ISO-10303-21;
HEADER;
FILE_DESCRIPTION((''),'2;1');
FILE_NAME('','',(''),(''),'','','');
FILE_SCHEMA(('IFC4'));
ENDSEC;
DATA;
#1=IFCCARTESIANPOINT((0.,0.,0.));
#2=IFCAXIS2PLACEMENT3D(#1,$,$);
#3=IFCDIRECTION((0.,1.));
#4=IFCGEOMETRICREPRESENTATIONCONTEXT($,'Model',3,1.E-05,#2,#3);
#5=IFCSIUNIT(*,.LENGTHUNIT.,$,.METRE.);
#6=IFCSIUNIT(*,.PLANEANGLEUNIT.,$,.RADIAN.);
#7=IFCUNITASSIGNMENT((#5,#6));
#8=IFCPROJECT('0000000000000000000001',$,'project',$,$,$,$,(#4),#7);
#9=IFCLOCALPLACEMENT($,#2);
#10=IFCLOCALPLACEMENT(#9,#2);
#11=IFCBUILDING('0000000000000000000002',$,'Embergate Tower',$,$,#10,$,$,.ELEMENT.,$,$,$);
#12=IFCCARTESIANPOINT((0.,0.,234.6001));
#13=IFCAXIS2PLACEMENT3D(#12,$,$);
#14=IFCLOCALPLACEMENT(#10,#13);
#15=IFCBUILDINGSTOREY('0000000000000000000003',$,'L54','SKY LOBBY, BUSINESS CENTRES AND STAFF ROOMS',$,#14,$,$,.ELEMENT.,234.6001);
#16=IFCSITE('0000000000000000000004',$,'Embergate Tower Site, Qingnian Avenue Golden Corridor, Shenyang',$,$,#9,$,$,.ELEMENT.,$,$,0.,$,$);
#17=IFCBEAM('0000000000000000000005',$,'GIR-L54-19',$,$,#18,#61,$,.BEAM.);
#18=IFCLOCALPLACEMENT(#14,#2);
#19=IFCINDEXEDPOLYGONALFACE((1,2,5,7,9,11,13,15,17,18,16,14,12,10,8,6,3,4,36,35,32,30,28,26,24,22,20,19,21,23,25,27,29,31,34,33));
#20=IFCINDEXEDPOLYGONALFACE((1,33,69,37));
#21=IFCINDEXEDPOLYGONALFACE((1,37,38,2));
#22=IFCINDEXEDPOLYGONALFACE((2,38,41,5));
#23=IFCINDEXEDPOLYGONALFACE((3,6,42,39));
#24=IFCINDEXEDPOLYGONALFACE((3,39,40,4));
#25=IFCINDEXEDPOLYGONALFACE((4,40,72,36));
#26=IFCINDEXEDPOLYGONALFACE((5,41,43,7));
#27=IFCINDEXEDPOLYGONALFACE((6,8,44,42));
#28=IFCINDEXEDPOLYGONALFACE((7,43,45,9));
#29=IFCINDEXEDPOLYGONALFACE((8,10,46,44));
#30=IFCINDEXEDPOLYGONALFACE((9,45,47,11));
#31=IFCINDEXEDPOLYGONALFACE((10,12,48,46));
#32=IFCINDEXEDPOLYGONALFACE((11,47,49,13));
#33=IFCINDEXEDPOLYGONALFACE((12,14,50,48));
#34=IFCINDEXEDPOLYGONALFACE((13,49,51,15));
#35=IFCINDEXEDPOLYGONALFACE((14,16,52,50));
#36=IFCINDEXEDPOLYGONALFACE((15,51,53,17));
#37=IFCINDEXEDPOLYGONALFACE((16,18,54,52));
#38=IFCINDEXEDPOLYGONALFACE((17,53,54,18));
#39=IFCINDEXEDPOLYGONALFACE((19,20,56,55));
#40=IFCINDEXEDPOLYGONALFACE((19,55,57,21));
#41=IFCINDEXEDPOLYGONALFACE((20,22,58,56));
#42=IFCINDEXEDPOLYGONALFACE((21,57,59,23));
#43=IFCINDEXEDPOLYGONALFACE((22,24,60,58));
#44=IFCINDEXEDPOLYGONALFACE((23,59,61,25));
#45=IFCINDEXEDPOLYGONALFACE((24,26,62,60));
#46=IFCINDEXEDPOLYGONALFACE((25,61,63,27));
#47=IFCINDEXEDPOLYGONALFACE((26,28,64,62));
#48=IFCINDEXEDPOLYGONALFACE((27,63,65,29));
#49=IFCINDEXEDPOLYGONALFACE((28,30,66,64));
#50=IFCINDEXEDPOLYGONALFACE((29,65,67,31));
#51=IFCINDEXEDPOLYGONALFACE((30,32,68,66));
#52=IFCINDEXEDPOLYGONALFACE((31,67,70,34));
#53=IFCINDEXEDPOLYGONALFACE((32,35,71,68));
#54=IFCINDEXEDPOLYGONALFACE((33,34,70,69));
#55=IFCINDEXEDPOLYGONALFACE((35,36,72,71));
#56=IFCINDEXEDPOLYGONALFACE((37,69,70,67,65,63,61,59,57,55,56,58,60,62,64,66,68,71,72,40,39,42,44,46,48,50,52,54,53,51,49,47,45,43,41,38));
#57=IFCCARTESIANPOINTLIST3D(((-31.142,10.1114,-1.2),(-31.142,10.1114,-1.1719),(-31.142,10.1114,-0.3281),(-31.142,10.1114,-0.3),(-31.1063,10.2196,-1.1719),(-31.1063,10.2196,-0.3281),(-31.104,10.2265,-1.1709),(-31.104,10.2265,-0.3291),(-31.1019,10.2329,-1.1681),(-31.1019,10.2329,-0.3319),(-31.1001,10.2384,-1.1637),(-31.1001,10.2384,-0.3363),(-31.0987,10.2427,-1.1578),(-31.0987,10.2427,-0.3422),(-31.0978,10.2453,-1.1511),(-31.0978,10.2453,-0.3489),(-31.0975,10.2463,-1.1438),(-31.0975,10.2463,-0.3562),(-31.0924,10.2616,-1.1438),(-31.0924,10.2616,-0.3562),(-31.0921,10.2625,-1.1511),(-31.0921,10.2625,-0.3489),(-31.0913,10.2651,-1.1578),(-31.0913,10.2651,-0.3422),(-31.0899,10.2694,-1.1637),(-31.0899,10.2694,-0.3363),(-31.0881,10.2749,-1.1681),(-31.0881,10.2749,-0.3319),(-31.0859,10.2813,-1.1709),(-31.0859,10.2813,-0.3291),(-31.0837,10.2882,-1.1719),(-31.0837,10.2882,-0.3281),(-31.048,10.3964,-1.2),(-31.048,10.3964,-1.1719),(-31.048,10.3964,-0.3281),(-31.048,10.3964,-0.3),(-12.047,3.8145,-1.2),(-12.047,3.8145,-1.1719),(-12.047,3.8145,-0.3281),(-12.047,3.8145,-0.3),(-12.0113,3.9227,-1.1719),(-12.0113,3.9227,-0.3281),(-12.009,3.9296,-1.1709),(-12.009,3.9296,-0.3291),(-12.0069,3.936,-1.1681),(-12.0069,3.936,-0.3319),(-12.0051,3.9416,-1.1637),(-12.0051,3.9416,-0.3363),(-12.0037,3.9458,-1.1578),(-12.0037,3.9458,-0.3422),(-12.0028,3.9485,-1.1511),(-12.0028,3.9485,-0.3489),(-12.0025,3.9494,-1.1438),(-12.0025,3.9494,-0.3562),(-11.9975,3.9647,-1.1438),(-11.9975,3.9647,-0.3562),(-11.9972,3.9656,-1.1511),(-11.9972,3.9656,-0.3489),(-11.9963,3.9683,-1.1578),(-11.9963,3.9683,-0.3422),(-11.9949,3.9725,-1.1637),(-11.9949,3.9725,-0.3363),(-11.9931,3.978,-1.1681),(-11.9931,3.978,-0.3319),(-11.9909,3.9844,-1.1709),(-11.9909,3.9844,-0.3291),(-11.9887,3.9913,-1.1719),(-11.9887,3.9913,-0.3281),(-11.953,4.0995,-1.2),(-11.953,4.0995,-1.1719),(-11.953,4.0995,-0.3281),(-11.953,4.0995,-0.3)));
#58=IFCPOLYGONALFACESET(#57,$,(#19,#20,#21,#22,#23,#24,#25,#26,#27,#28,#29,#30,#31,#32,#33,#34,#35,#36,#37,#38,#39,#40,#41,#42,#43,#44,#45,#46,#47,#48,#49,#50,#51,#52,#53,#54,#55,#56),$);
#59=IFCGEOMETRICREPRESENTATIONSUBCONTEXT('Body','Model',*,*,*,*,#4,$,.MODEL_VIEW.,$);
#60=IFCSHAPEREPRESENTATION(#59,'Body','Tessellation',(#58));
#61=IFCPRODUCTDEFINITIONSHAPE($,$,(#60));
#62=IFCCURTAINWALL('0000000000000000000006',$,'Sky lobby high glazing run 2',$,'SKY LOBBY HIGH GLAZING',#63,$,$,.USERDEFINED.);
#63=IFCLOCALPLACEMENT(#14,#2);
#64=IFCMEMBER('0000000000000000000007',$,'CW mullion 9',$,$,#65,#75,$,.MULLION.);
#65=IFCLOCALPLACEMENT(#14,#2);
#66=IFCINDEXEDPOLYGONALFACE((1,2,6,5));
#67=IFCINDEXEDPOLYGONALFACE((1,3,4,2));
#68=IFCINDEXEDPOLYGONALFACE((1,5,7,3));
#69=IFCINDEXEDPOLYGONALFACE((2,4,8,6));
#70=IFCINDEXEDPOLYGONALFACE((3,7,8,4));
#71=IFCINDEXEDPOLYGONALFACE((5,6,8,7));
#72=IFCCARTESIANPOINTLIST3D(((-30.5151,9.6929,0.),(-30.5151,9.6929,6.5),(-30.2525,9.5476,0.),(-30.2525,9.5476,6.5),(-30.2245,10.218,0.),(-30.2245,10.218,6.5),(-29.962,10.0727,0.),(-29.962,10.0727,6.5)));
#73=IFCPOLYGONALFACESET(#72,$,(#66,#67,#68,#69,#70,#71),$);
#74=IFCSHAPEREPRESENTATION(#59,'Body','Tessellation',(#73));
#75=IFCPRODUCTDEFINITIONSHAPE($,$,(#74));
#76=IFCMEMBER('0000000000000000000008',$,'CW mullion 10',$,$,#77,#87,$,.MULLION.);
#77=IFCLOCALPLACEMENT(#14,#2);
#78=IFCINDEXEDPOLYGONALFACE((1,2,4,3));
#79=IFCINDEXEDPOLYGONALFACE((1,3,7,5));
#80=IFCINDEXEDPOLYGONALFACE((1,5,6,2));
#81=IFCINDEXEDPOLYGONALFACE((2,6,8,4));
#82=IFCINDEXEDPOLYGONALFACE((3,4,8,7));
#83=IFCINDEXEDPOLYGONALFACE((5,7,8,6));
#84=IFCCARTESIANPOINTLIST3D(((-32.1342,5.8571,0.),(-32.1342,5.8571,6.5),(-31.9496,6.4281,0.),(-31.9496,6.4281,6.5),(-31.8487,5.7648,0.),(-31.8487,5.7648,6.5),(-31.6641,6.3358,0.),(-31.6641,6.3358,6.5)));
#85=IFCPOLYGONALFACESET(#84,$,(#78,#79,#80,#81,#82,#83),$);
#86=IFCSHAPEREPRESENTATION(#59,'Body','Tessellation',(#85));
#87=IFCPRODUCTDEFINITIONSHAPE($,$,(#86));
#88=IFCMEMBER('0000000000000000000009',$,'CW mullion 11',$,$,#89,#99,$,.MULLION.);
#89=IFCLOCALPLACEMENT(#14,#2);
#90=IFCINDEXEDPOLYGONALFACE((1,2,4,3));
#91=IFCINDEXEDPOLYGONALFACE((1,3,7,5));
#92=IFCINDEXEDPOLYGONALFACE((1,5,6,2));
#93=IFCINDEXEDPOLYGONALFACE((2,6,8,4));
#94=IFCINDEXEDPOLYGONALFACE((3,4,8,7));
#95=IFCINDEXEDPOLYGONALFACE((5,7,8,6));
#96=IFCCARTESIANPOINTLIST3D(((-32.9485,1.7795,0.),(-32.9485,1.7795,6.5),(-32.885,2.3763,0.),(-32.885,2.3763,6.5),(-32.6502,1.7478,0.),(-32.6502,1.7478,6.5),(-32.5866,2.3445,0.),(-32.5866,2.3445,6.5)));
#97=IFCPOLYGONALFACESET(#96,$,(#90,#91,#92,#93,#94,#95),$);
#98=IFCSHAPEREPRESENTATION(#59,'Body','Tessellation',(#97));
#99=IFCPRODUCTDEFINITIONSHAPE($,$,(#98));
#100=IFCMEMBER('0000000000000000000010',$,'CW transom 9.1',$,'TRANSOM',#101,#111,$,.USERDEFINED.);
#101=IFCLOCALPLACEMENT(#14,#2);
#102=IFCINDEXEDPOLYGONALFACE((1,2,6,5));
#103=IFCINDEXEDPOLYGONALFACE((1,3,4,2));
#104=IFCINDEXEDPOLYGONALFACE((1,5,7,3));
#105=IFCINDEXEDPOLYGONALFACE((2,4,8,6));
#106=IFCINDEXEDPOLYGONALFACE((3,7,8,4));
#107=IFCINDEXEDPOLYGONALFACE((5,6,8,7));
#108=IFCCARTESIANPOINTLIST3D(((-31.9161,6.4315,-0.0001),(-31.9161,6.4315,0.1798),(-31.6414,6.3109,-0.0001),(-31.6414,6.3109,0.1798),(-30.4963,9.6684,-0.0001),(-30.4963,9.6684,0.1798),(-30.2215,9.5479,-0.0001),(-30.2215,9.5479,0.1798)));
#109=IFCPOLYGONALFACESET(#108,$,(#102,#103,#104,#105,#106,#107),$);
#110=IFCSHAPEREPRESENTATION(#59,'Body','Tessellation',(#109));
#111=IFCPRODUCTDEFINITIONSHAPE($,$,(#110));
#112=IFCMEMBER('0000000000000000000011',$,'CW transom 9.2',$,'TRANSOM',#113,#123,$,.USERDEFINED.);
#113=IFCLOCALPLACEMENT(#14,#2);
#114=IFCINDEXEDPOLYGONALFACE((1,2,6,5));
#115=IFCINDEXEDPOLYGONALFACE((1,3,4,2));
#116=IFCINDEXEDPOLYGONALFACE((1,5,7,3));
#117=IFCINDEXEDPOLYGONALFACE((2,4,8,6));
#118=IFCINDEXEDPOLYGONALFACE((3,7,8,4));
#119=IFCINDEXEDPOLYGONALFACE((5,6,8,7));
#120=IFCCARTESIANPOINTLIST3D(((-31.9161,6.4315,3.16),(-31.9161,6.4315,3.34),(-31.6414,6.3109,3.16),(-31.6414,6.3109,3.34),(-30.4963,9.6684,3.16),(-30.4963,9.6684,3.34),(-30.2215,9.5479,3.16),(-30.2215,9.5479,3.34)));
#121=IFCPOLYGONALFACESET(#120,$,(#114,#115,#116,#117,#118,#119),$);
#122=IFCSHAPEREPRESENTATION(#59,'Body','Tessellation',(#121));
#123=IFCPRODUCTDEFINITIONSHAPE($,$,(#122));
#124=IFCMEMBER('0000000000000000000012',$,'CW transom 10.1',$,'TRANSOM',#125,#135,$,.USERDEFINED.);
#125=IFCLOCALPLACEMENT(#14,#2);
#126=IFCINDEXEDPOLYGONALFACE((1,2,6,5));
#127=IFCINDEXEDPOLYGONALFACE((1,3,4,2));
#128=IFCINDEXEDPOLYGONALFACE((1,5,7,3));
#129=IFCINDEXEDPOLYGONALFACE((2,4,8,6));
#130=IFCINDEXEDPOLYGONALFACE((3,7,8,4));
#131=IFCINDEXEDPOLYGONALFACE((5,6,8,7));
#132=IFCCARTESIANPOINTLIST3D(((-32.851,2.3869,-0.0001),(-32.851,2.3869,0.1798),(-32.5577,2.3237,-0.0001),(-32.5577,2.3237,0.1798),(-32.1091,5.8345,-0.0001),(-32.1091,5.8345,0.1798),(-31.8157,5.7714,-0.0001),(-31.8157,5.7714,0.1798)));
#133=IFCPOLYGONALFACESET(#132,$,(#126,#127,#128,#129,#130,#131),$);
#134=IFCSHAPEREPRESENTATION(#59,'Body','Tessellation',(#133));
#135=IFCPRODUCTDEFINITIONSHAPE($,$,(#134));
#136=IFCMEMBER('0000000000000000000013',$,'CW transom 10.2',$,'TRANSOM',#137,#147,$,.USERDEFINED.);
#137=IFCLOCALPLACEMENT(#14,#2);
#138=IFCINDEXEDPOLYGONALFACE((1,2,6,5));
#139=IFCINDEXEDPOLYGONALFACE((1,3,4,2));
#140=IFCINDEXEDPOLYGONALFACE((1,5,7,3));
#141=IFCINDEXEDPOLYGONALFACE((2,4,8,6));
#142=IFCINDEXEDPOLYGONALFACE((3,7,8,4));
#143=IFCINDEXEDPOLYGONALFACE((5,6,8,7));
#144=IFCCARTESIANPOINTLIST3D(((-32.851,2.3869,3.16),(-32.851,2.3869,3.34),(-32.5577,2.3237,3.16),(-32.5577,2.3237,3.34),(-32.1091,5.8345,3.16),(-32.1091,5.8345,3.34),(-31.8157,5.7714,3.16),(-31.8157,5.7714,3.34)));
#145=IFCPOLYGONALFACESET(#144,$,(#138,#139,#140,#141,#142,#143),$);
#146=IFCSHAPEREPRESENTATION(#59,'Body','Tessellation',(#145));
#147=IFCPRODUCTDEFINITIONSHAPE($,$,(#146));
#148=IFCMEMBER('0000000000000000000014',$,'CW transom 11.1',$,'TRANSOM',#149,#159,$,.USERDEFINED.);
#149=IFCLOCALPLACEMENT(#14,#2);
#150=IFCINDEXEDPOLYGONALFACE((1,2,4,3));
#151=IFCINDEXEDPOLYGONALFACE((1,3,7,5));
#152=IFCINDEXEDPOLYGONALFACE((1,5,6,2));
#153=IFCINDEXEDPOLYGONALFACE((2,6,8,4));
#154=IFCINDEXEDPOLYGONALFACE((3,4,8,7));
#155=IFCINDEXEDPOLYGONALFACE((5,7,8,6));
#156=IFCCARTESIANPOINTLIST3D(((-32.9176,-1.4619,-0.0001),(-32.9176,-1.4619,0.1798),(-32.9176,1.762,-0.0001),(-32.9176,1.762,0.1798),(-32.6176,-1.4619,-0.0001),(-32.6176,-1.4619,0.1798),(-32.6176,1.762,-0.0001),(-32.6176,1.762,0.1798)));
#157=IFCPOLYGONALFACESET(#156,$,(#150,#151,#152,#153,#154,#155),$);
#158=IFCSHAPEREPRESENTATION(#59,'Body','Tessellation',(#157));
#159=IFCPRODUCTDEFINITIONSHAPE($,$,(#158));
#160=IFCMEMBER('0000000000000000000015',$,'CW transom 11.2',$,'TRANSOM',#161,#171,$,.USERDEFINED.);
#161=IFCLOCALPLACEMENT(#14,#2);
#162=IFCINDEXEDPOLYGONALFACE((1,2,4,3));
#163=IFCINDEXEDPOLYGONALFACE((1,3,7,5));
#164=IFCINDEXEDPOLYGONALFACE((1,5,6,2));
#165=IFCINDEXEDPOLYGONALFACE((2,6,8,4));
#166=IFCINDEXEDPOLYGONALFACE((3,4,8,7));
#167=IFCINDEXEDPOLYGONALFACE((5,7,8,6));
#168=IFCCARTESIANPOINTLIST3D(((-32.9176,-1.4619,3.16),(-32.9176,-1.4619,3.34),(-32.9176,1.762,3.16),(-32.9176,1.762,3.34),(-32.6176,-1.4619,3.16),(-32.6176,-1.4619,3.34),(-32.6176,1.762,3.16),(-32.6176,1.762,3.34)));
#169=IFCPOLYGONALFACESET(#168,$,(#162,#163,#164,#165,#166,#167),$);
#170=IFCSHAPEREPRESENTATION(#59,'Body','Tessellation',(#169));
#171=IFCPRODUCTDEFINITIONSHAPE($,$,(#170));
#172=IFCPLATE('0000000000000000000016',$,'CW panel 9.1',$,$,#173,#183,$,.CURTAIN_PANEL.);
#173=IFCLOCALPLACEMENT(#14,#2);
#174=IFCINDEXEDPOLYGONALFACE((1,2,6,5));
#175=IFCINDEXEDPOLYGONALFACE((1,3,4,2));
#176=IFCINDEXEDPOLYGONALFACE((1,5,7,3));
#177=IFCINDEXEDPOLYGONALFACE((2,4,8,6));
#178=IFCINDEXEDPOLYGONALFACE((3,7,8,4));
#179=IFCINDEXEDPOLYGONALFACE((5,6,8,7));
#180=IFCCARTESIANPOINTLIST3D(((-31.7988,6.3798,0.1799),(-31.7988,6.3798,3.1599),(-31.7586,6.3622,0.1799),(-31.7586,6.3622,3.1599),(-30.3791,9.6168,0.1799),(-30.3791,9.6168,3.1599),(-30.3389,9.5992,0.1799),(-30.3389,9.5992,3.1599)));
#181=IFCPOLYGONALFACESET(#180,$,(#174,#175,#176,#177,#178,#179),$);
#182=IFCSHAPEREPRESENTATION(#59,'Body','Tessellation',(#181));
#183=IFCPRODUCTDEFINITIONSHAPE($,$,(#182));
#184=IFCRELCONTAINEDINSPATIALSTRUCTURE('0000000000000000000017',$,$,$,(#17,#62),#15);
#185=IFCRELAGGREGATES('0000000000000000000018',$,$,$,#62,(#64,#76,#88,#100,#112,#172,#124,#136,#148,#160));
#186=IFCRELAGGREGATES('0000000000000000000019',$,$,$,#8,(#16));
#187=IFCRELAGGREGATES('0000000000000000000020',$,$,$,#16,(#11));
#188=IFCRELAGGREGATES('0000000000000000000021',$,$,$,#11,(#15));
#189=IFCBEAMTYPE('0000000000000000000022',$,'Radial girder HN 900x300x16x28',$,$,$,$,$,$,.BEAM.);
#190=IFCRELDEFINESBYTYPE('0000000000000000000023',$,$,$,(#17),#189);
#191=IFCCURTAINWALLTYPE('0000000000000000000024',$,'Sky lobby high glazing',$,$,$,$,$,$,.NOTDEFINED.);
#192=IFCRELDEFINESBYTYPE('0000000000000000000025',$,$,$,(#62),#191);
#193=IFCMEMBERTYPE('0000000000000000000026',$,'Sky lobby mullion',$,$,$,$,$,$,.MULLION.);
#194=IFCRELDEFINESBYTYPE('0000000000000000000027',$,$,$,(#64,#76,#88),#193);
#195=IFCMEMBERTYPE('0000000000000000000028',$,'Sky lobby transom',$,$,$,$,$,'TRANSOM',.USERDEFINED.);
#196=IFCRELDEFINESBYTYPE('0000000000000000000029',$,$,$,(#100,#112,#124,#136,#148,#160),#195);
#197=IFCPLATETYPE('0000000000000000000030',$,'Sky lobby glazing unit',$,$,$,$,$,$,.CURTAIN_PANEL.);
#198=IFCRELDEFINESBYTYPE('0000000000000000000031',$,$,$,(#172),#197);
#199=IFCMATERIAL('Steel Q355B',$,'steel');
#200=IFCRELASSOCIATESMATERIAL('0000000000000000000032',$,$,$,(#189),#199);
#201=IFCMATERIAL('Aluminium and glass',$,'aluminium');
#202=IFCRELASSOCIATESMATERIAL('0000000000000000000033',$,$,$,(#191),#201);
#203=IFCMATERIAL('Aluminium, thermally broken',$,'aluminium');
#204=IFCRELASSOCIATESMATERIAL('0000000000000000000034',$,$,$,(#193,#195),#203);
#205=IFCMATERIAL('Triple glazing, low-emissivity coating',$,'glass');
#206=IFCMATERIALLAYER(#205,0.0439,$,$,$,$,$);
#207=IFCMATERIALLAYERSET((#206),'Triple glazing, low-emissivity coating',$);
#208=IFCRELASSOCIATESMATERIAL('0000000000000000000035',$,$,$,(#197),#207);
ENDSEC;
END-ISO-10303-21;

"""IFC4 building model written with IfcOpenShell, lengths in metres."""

from ifc_helpers import new_model, si_unit, direction, frame, origin, origin_2d, place, context, subcontext, project, spatial, rectangle, i_section, extrude, source, transform, mapped, material, layer, layer_set, material_profile, profile_set, type_object, element, aggregate, save


model = new_model("IFC4")

# Units and contexts
model_context = context("Model", 3, precision=1e-05, world=origin(), true_north=direction((0.0, 1.0)))
body_context = subcontext(model_context, "Body", "Model", "MODEL_VIEW")
ifc_project = project(units=[si_unit("LENGTHUNIT", "METRE"), si_unit("PLANEANGLEUNIT", "RADIAN")], contexts=[model_context])

# Site, building, storey
site_placement = place(None, origin())
site = spatial("IfcSite", under=ifc_project, at=site_placement, Name="Embergate Tower Site, Qingnian Avenue Golden Corridor, Shenyang", CompositionType="ELEMENT", RefElevation=0.0)
building_placement = place(site_placement, origin())
building = spatial("IfcBuilding", under=site, at=building_placement, Name="Embergate Tower", CompositionType="ELEMENT")
storey_placement = place(building_placement, frame((0.0, 0.0, 234.6001)))
storey = spatial("IfcBuildingStorey", under=building, at=storey_placement, Name="L54", Description="SKY LOBBY, BUSINESS CENTRES AND STAFF ROOMS", CompositionType="ELEMENT", Elevation=234.6001)

# Beam
ifc_material_1 = material(Name="Steel Q355B", Category="steel")
ifc_material_profile_1 = material_profile(ifc_material_1, i_section(OverallWidth=0.3, OverallDepth=0.8999, WebThickness=0.0161, FlangeThickness=0.0281, FilletRadius=0.0281, at=origin_2d()), Name="HN 900x300x16x28")
ifc_profile_set_1 = profile_set([ifc_material_profile_1], Name="Steel Q355 grade B")
beam_type_1 = type_object("IfcBeamType", Name="Radial girder HN 900x300x16x28", PredefinedType="BEAM", material=ifc_profile_set_1)
shared_shape_1 = source(origin(), body_context, "Body", "SweptSolid", [
    extrude(i_section(OverallWidth=0.3, OverallDepth=0.8999, WebThickness=0.0161, FlangeThickness=0.0281, FilletRadius=0.0281, at=origin_2d()), origin(), (0.0, 0.0, 1.0), 20.1064),
])
beam_1_placement = place(storey_placement, frame((-31.095, 10.2539, -0.75), z_axis=(0.949695, -0.313177, 0.0), x_axis=(0.313177, 0.949695, 0.0)))
element("IfcBeam", 1, at=beam_1_placement, inside=storey, type_object=beam_type_1, Name="GIR-L54-19", PredefinedType="BEAM", context=body_context, shape_type="MappedRepresentation", body=[
    mapped(shared_shape_1, transform((0.0, 0.0, 0.0))),
])

# Curtain wall, members, plate
ifc_material_2 = material(Name="Aluminium and glass", Category="aluminium")
curtain_wall_type = type_object("IfcCurtainWallType", Name="Sky lobby high glazing", PredefinedType="NOTDEFINED", material=ifc_material_2)
curtain_wall_placement = place(storey_placement, origin())
curtain_wall = element("IfcCurtainWall", 2, at=curtain_wall_placement, inside=storey, type_object=curtain_wall_type, Name="Sky lobby high glazing run 2", ObjectType="SKY LOBBY HIGH GLAZING", PredefinedType="USERDEFINED")
ifc_material_3 = material(Name="Aluminium, thermally broken", Category="aluminium")
ifc_material_profile_2 = material_profile(ifc_material_3, rectangle(XDim=0.3, YDim=0.6001, at=origin_2d()), Name="AL 600x300")
ifc_profile_set_2 = profile_set([ifc_material_profile_2], Name="Aluminium, thermally broken")
member_type_1 = type_object("IfcMemberType", Name="Sky lobby mullion", PredefinedType="MULLION", material=ifc_profile_set_2)
shared_shape_2 = source(origin(), body_context, "Body", "SweptSolid", [
    extrude(rectangle(XDim=0.3, YDim=0.6001, at=origin_2d()), origin(), (0.0, 0.0, 1.0), 6.5),
])
member_1_placement = place(storey_placement, frame((-30.2385, 9.8828, 0.0), z_axis=(0.0, 0.0, 1.0), x_axis=(0.874989, -0.484142, 0.0)))
member_1 = element("IfcMember", 3, at=member_1_placement, type_object=member_type_1, Name="CW mullion 9", PredefinedType="MULLION", context=body_context, shape_type="MappedRepresentation", body=[
    mapped(shared_shape_2, transform((0.0, 0.0, 0.0))),
])
member_2_placement = place(storey_placement, frame((-31.8992, 6.0964, 0.0), z_axis=(0.0, 0.0, 1.0), x_axis=(0.951491, -0.307677, 0.0)))
member_2 = element("IfcMember", 4, at=member_2_placement, type_object=member_type_1, Name="CW mullion 10", PredefinedType="MULLION", context=body_context, shape_type="MappedRepresentation", body=[
    mapped(shared_shape_2, transform((0.0, 0.0, 0.0))),
])
member_3_placement = place(storey_placement, frame((-32.7676, 2.062, 0.0), z_axis=(0.0, 0.0, 1.0), x_axis=(0.994384, -0.105832, 0.0)))
member_3 = element("IfcMember", 5, at=member_3_placement, type_object=member_type_1, Name="CW mullion 11", PredefinedType="MULLION", context=body_context, shape_type="MappedRepresentation", body=[
    mapped(shared_shape_2, transform((0.0, 0.0, 0.0))),
])
ifc_material_profile_3 = material_profile(ifc_material_3, rectangle(XDim=0.3, YDim=0.1799, at=origin_2d()), Name="AL 180x300")
ifc_profile_set_3 = profile_set([ifc_material_profile_3], Name="Aluminium, thermally broken")
member_type_2 = type_object("IfcMemberType", Name="Sky lobby transom", ElementType="TRANSOM", PredefinedType="USERDEFINED", material=ifc_profile_set_3)
shared_shape_3 = source(origin(), body_context, "Body", "SweptSolid", [
    extrude(rectangle(XDim=0.3, YDim=0.1799, at=origin_2d()), origin(), (0.0, 0.0, 1.0), 3.5347),
])
member_4_placement = place(storey_placement, frame((-30.3589, 9.6082, 0.0898), z_axis=(-0.401699, -0.915772, 0.0), x_axis=(0.915772, -0.401699, 0.0)))
member_4 = element("IfcMember", 6, at=member_4_placement, type_object=member_type_2, Name="CW transom 9.1", ObjectType="TRANSOM", PredefinedType="USERDEFINED", context=body_context, shape_type="MappedRepresentation", body=[
    mapped(shared_shape_3, transform((0.0, 0.0, 0.0))),
])
member_5_placement = place(storey_placement, frame((-30.3589, 9.6082, 3.25), z_axis=(-0.401699, -0.915772, 0.0), x_axis=(0.915772, -0.401699, 0.0)))
member_5 = element("IfcMember", 7, at=member_5_placement, type_object=member_type_2, Name="CW transom 9.2", ObjectType="TRANSOM", PredefinedType="USERDEFINED", context=body_context, shape_type="MappedRepresentation", body=[
    mapped(shared_shape_3, transform((0.0, 0.0, 0.0))),
])
shared_shape_4 = source(origin(), body_context, "Body", "SweptSolid", [
    extrude(rectangle(XDim=0.3, YDim=0.1799, at=origin_2d()), origin(), (0.0, 0.0, 1.0), 3.5266),
])
member_6_placement = place(storey_placement, frame((-31.9624, 5.803, 0.0898), z_axis=(-0.21038, -0.97762, 0.0), x_axis=(0.97762, -0.21038, 0.0)))
member_6 = element("IfcMember", 8, at=member_6_placement, type_object=member_type_2, Name="CW transom 10.1", ObjectType="TRANSOM", PredefinedType="USERDEFINED", context=body_context, shape_type="MappedRepresentation", body=[
    mapped(shared_shape_4, transform((0.0, 0.0, 0.0))),
])
member_7_placement = place(storey_placement, frame((-31.9624, 5.803, 3.25), z_axis=(-0.21038, -0.97762, 0.0), x_axis=(0.97762, -0.21038, 0.0)))
member_7 = element("IfcMember", 9, at=member_7_placement, type_object=member_type_2, Name="CW transom 10.2", ObjectType="TRANSOM", PredefinedType="USERDEFINED", context=body_context, shape_type="MappedRepresentation", body=[
    mapped(shared_shape_4, transform((0.0, 0.0, 0.0))),
])
shared_shape_5 = source(origin(), body_context, "Body", "SweptSolid", [
    extrude(rectangle(XDim=0.3, YDim=0.1799, at=origin_2d()), origin(), (0.0, 0.0, 1.0), 3.2239),
])
member_8_placement = place(storey_placement, frame((-32.7676, 1.762, 0.0898), z_axis=(0.0, -1.0, 0.0), x_axis=(1.0, 0.0, 0.0)))
member_8 = element("IfcMember", 10, at=member_8_placement, type_object=member_type_2, Name="CW transom 11.1", ObjectType="TRANSOM", PredefinedType="USERDEFINED", context=body_context, shape_type="MappedRepresentation", body=[
    mapped(shared_shape_5, transform((0.0, 0.0, 0.0))),
])
member_9_placement = place(storey_placement, frame((-32.7676, 1.762, 3.25), z_axis=(0.0, -1.0, 0.0), x_axis=(1.0, 0.0, 0.0)))
member_9 = element("IfcMember", 11, at=member_9_placement, type_object=member_type_2, Name="CW transom 11.2", ObjectType="TRANSOM", PredefinedType="USERDEFINED", context=body_context, shape_type="MappedRepresentation", body=[
    mapped(shared_shape_5, transform((0.0, 0.0, 0.0))),
])
ifc_material_4 = material(Name="Triple glazing, low-emissivity coating", Category="glass")
ifc_layer_1 = layer(ifc_material_4, 0.0439)
ifc_layer_set_1 = layer_set([ifc_layer_1], Name="Triple glazing, low-emissivity coating")
plate_type = type_object("IfcPlateType", Name="Sky lobby glazing unit", PredefinedType="CURTAIN_PANEL", material=ifc_layer_set_1)
shared_shape_6 = source(origin(), body_context, "Body", "SweptSolid", [
    extrude(rectangle(XDim=3.5347, YDim=0.0439, at=origin_2d()), origin(), (0.0, 0.0, 1.0), 2.98),
])
plate_1_placement = place(storey_placement, frame((-31.0688, 7.9895, 0.1799), z_axis=(0.0, 0.0, 1.0), x_axis=(-0.401657, -0.91579, 0.0)))
plate_1 = element("IfcPlate", 12, at=plate_1_placement, type_object=plate_type, Name="CW panel 9.1", PredefinedType="CURTAIN_PANEL", context=body_context, shape_type="MappedRepresentation", body=[
    mapped(shared_shape_6, transform((0.0, 0.0, 0.0))),
])
aggregate(curtain_wall, [member_1, member_2, member_3, member_4, member_5, plate_1, member_6, member_7, member_8, member_9])

save(model, "model.ifc")
